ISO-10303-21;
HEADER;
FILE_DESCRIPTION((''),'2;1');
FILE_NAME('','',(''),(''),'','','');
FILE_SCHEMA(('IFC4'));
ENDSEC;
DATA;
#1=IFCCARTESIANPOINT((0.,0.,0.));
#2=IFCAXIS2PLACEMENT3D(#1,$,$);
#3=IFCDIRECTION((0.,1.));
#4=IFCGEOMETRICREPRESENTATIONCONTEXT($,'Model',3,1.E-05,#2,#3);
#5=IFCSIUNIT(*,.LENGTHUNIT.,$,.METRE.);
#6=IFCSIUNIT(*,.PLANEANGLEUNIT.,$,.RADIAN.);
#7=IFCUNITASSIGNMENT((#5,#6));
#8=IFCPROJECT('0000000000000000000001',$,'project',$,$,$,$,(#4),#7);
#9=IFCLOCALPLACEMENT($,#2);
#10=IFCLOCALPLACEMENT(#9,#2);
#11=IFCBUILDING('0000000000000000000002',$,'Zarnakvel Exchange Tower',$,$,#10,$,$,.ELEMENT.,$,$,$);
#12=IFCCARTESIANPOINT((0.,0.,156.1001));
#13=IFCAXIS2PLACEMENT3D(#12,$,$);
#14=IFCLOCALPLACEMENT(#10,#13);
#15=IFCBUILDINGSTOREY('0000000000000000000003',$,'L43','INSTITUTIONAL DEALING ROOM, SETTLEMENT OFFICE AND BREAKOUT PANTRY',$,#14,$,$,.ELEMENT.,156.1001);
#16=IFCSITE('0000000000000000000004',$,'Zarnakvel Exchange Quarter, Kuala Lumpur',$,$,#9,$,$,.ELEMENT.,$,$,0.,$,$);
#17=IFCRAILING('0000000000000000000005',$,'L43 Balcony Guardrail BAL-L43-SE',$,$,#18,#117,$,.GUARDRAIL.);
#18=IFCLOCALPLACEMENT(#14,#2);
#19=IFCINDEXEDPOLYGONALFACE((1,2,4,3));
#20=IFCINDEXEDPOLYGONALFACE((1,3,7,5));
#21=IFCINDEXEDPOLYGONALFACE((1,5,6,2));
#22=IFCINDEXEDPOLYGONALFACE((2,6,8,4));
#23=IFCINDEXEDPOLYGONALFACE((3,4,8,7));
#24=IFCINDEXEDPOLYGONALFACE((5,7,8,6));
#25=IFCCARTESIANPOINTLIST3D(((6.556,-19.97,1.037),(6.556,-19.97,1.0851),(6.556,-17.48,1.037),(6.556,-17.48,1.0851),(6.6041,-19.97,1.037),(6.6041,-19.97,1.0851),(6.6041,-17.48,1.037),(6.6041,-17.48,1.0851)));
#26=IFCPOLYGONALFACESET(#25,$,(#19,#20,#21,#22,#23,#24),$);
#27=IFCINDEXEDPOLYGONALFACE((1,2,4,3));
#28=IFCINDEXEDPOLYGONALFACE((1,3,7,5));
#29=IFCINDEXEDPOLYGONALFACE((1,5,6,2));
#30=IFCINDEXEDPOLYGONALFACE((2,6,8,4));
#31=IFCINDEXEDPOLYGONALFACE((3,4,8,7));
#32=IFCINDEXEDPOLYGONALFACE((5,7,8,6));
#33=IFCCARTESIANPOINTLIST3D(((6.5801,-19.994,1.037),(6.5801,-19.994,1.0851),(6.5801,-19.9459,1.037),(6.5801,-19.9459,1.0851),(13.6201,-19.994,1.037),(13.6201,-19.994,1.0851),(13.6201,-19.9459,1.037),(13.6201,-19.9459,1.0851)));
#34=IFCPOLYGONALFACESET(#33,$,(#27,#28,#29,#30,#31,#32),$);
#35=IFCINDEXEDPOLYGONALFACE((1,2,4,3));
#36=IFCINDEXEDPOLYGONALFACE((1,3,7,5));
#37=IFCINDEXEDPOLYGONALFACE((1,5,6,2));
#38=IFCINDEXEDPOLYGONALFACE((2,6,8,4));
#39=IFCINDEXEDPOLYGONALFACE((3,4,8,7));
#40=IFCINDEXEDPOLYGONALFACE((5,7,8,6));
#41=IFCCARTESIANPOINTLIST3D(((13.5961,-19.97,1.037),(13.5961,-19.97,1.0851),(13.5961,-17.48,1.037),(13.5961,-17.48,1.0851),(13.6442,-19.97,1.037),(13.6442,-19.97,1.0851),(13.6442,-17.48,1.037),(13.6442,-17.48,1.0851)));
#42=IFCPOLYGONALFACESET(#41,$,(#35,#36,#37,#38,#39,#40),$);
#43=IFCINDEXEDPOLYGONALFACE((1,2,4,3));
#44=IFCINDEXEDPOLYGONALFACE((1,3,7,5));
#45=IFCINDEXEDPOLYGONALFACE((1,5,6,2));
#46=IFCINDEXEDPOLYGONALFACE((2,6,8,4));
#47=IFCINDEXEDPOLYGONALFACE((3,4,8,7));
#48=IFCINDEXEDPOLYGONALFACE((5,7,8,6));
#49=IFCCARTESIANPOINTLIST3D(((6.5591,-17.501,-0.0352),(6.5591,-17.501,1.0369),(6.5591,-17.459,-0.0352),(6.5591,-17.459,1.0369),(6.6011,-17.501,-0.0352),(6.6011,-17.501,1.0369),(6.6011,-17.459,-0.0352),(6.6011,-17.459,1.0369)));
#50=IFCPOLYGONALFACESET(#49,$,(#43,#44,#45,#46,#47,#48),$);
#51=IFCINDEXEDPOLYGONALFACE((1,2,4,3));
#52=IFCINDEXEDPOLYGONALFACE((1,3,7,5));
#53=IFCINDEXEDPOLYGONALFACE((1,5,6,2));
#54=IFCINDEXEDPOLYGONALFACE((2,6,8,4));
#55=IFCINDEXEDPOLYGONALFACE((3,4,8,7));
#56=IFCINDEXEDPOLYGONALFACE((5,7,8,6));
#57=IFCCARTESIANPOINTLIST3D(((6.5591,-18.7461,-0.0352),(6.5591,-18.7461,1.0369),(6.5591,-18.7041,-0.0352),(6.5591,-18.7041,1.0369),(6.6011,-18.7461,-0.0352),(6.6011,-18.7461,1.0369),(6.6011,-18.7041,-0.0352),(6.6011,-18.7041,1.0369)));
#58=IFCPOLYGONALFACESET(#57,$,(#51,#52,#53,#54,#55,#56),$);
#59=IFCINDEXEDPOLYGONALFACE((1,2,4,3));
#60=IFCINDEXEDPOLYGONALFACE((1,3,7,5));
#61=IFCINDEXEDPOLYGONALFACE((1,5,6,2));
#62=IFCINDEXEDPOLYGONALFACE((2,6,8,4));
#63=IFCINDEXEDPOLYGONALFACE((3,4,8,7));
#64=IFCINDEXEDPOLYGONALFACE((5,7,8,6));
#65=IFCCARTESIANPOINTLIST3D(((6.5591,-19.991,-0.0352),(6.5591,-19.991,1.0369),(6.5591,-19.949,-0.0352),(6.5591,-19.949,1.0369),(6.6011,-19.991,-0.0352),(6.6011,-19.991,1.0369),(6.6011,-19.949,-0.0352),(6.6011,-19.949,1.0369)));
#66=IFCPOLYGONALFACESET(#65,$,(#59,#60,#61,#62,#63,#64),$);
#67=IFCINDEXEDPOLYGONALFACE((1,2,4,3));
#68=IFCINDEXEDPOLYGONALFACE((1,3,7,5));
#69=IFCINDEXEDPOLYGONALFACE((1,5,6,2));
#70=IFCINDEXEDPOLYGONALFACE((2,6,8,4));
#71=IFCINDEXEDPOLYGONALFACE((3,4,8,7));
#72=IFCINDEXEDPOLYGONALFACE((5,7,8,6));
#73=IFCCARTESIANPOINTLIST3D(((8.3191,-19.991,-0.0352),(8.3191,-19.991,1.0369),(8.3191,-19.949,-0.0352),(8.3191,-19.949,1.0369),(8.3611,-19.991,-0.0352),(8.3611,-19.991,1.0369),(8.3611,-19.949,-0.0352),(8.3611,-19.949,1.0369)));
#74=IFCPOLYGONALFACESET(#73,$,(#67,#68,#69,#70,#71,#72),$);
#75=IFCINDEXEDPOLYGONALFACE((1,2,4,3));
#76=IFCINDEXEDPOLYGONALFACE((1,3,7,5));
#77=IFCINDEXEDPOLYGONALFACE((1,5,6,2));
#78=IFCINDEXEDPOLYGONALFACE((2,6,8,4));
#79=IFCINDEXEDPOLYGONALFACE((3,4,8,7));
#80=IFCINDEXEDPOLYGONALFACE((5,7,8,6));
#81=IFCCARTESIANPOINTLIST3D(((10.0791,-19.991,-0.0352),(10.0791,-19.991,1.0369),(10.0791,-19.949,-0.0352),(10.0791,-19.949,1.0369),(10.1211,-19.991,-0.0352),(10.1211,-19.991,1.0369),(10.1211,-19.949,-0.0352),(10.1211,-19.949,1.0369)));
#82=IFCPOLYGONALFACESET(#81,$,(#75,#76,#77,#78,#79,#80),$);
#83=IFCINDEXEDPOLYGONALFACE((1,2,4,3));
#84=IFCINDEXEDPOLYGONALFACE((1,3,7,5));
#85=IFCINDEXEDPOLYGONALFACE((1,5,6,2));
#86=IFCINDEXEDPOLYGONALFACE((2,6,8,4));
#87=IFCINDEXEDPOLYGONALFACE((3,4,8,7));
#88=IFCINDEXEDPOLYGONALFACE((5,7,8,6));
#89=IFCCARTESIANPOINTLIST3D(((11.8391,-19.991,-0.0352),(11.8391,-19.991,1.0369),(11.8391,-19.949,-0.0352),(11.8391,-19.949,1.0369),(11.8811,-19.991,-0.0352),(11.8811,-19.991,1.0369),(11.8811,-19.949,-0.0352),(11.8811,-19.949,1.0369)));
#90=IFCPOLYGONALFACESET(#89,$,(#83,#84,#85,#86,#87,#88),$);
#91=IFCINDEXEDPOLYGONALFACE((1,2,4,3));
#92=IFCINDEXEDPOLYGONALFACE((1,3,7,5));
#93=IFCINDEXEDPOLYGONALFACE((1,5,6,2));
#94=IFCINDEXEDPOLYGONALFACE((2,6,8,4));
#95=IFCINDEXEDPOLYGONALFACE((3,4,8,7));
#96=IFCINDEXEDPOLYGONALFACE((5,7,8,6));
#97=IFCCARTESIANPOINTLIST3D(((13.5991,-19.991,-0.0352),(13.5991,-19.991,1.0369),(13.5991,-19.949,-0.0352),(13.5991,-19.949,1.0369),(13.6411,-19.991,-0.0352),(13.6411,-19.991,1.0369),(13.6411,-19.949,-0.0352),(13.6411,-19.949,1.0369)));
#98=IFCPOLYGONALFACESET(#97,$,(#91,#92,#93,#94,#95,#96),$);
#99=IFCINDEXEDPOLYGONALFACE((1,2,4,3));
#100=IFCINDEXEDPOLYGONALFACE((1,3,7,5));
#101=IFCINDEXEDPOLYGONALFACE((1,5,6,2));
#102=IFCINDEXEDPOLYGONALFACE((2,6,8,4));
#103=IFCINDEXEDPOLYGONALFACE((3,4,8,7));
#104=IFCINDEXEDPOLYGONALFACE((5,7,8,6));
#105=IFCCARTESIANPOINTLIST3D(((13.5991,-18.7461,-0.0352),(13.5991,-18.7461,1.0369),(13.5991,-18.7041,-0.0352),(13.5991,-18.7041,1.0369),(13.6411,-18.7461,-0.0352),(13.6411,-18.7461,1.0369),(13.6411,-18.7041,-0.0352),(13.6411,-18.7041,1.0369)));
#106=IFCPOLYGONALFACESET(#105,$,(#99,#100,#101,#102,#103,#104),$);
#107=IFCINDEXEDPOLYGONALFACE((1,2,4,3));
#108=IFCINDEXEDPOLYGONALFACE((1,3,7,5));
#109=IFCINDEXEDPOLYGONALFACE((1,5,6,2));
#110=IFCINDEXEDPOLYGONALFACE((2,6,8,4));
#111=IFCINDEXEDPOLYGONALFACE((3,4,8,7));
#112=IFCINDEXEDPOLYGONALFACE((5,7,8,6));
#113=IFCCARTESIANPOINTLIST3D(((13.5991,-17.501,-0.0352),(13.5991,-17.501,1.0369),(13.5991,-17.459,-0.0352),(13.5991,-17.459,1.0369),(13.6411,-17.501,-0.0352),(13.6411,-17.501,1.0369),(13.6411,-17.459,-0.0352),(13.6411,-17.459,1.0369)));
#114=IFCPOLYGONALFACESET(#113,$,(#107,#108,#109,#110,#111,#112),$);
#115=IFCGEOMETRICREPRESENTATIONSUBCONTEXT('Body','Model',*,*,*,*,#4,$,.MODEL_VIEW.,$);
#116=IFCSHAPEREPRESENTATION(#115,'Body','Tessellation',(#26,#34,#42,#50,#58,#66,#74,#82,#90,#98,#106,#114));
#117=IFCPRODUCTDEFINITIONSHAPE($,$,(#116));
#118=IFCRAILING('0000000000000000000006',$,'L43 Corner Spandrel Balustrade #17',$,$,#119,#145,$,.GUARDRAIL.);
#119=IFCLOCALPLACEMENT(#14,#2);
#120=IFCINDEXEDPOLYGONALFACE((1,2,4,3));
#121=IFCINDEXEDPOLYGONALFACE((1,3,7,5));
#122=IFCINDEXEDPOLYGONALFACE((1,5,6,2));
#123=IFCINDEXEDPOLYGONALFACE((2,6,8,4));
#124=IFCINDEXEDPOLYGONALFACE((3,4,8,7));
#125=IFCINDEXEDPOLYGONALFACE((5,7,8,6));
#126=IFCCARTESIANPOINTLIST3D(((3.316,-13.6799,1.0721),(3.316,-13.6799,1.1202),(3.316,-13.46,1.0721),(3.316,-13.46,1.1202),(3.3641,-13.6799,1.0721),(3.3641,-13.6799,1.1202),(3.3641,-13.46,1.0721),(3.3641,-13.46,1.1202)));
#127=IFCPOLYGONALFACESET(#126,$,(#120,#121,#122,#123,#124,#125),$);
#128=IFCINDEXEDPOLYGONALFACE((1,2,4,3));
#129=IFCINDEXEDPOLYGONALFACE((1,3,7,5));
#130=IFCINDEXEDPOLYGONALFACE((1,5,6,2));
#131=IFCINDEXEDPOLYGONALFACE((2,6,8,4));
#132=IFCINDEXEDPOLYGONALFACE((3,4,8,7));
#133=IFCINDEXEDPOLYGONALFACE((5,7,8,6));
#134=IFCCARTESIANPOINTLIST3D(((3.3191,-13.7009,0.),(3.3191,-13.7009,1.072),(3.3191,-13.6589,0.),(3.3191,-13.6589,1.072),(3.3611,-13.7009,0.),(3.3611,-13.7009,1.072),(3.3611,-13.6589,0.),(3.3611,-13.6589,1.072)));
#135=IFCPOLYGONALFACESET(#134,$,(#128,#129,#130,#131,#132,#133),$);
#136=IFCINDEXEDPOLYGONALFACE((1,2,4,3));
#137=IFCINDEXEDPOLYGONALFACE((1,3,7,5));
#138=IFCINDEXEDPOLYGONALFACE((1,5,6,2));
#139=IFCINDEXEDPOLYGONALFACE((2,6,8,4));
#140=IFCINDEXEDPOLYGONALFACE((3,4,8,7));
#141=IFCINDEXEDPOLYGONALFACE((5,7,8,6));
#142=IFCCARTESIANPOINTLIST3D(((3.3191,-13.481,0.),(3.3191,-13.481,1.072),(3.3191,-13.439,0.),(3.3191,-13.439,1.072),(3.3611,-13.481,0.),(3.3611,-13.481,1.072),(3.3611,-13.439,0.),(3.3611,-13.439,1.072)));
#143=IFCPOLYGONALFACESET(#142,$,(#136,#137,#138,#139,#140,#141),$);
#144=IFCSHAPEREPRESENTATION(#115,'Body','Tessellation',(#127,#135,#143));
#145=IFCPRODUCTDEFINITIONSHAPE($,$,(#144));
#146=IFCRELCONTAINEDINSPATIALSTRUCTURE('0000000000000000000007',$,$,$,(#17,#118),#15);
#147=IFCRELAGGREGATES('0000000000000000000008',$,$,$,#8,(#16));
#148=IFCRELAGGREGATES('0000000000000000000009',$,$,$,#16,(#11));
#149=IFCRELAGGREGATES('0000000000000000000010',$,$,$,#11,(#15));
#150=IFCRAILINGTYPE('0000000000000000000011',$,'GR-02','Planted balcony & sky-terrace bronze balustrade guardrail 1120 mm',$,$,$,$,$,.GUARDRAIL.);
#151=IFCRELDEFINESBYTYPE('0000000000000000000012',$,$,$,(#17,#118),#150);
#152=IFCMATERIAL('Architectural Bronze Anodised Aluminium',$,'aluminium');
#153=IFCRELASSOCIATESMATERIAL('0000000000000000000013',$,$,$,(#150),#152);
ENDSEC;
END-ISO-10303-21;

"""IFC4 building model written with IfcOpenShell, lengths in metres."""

from ifc_helpers import new_model, si_unit, direction, frame, origin, origin_2d, place, context, subcontext, project, spatial, rectangle, extrude, material, type_object, element, save


model = new_model("IFC4")

# Units and contexts
model_context = context("Model", 3, precision=1e-05, world=origin(), true_north=direction((0.0, 1.0)))
body_context = subcontext(model_context, "Body", "Model", "MODEL_VIEW")
ifc_project = project(units=[si_unit("LENGTHUNIT", "METRE"), si_unit("PLANEANGLEUNIT", "RADIAN")], contexts=[model_context])

# Site, building, storey
site_placement = place(None, origin())
site = spatial("IfcSite", under=ifc_project, at=site_placement, Name="Zarnakvel Exchange Quarter, Kuala Lumpur", CompositionType="ELEMENT", RefElevation=0.0)
building_placement = place(site_placement, origin())
building = spatial("IfcBuilding", under=site, at=building_placement, Name="Zarnakvel Exchange Tower", CompositionType="ELEMENT")
storey_placement = place(building_placement, frame((0.0, 0.0, 156.1001)))
storey = spatial("IfcBuildingStorey", under=building, at=storey_placement, Name="L43", Description="INSTITUTIONAL DEALING ROOM, SETTLEMENT OFFICE AND BREAKOUT PANTRY", CompositionType="ELEMENT", Elevation=156.1001)

# Shared definitions
ifc_material_1 = material(Name="Architectural Bronze Anodised Aluminium", Category="aluminium")

# Railings
railing_type = type_object("IfcRailingType", Name="GR-02", Description="Planted balcony & sky-terrace bronze balustrade guardrail 1120 mm", PredefinedType="GUARDRAIL", material=ifc_material_1)
railing_1_placement = place(storey_placement, frame((6.5801, -17.48, -0.0352)))
element("IfcRailing", 1, at=railing_1_placement, inside=storey, type_object=railing_type, Name="L43 Balcony Guardrail BAL-L43-SE", PredefinedType="GUARDRAIL", context=body_context, shape_type="SweptSolid", body=[
    extrude(rectangle(XDim=0.0481, YDim=0.0481, at=origin_2d()), frame((0.0, 0.0, 1.0962), z_axis=(0.0, -1.0, 0.0), x_axis=(1.0, 0.0, 0.0)), (0.0, 0.0, 1.0), 2.49),
    extrude(rectangle(XDim=0.0481, YDim=0.0481, at=origin_2d()), frame((0.0, -2.49, 1.0962), z_axis=(1.0, 0.0, 0.0), x_axis=(0.0, 1.0, 0.0)), (0.0, 0.0, 1.0), 7.04),
    extrude(rectangle(XDim=0.0481, YDim=0.0481, at=origin_2d()), frame((7.04, -2.49, 1.0962), z_axis=(0.0, 1.0, 0.0), x_axis=(-1.0, 0.0, 0.0)), (0.0, 0.0, 1.0), 2.49),
    extrude(rectangle(XDim=0.042, YDim=0.042, at=origin_2d()), origin(), (0.0, 0.0, 1.0), 1.072),
    extrude(rectangle(XDim=0.042, YDim=0.042, at=origin_2d()), frame((0.0, -1.2451, 0.0)), (0.0, 0.0, 1.0), 1.072),
    extrude(rectangle(XDim=0.042, YDim=0.042, at=origin_2d()), frame((0.0, -2.49, 0.0)), (0.0, 0.0, 1.0), 1.072),
    extrude(rectangle(XDim=0.042, YDim=0.042, at=origin_2d()), frame((1.76, -2.49, 0.0)), (0.0, 0.0, 1.0), 1.072),
    extrude(rectangle(XDim=0.042, YDim=0.042, at=origin_2d()), frame((3.52, -2.49, 0.0)), (0.0, 0.0, 1.0), 1.072),
    extrude(rectangle(XDim=0.042, YDim=0.042, at=origin_2d()), frame((5.28, -2.49, 0.0)), (0.0, 0.0, 1.0), 1.072),
    extrude(rectangle(XDim=0.042, YDim=0.042, at=origin_2d()), frame((7.04, -2.49, 0.0)), (0.0, 0.0, 1.0), 1.072),
    extrude(rectangle(XDim=0.042, YDim=0.042, at=origin_2d()), frame((7.04, -1.2451, 0.0)), (0.0, 0.0, 1.0), 1.072),
    extrude(rectangle(XDim=0.042, YDim=0.042, at=origin_2d()), frame((7.04, 0.0, 0.0)), (0.0, 0.0, 1.0), 1.072),
])
railing_2_placement = place(storey_placement, frame((3.3401, -13.6799, 0.0)))
element("IfcRailing", 2, at=railing_2_placement, inside=storey, type_object=railing_type, Name="L43 Corner Spandrel Balustrade #17", PredefinedType="GUARDRAIL", context=body_context, shape_type="SweptSolid", body=[
    extrude(rectangle(XDim=0.0481, YDim=0.0481, at=origin_2d()), frame((0.0, 0.0, 1.0962), z_axis=(0.0, 1.0, 0.0), x_axis=(-1.0, 0.0, 0.0)), (0.0, 0.0, 1.0), 0.22),
    extrude(rectangle(XDim=0.042, YDim=0.042, at=origin_2d()), origin(), (0.0, 0.0, 1.0), 1.072),
    extrude(rectangle(XDim=0.042, YDim=0.042, at=origin_2d()), frame((0.0, 0.22, 0.0)), (0.0, 0.0, 1.0), 1.072),
])

save(model, "model.ifc")
